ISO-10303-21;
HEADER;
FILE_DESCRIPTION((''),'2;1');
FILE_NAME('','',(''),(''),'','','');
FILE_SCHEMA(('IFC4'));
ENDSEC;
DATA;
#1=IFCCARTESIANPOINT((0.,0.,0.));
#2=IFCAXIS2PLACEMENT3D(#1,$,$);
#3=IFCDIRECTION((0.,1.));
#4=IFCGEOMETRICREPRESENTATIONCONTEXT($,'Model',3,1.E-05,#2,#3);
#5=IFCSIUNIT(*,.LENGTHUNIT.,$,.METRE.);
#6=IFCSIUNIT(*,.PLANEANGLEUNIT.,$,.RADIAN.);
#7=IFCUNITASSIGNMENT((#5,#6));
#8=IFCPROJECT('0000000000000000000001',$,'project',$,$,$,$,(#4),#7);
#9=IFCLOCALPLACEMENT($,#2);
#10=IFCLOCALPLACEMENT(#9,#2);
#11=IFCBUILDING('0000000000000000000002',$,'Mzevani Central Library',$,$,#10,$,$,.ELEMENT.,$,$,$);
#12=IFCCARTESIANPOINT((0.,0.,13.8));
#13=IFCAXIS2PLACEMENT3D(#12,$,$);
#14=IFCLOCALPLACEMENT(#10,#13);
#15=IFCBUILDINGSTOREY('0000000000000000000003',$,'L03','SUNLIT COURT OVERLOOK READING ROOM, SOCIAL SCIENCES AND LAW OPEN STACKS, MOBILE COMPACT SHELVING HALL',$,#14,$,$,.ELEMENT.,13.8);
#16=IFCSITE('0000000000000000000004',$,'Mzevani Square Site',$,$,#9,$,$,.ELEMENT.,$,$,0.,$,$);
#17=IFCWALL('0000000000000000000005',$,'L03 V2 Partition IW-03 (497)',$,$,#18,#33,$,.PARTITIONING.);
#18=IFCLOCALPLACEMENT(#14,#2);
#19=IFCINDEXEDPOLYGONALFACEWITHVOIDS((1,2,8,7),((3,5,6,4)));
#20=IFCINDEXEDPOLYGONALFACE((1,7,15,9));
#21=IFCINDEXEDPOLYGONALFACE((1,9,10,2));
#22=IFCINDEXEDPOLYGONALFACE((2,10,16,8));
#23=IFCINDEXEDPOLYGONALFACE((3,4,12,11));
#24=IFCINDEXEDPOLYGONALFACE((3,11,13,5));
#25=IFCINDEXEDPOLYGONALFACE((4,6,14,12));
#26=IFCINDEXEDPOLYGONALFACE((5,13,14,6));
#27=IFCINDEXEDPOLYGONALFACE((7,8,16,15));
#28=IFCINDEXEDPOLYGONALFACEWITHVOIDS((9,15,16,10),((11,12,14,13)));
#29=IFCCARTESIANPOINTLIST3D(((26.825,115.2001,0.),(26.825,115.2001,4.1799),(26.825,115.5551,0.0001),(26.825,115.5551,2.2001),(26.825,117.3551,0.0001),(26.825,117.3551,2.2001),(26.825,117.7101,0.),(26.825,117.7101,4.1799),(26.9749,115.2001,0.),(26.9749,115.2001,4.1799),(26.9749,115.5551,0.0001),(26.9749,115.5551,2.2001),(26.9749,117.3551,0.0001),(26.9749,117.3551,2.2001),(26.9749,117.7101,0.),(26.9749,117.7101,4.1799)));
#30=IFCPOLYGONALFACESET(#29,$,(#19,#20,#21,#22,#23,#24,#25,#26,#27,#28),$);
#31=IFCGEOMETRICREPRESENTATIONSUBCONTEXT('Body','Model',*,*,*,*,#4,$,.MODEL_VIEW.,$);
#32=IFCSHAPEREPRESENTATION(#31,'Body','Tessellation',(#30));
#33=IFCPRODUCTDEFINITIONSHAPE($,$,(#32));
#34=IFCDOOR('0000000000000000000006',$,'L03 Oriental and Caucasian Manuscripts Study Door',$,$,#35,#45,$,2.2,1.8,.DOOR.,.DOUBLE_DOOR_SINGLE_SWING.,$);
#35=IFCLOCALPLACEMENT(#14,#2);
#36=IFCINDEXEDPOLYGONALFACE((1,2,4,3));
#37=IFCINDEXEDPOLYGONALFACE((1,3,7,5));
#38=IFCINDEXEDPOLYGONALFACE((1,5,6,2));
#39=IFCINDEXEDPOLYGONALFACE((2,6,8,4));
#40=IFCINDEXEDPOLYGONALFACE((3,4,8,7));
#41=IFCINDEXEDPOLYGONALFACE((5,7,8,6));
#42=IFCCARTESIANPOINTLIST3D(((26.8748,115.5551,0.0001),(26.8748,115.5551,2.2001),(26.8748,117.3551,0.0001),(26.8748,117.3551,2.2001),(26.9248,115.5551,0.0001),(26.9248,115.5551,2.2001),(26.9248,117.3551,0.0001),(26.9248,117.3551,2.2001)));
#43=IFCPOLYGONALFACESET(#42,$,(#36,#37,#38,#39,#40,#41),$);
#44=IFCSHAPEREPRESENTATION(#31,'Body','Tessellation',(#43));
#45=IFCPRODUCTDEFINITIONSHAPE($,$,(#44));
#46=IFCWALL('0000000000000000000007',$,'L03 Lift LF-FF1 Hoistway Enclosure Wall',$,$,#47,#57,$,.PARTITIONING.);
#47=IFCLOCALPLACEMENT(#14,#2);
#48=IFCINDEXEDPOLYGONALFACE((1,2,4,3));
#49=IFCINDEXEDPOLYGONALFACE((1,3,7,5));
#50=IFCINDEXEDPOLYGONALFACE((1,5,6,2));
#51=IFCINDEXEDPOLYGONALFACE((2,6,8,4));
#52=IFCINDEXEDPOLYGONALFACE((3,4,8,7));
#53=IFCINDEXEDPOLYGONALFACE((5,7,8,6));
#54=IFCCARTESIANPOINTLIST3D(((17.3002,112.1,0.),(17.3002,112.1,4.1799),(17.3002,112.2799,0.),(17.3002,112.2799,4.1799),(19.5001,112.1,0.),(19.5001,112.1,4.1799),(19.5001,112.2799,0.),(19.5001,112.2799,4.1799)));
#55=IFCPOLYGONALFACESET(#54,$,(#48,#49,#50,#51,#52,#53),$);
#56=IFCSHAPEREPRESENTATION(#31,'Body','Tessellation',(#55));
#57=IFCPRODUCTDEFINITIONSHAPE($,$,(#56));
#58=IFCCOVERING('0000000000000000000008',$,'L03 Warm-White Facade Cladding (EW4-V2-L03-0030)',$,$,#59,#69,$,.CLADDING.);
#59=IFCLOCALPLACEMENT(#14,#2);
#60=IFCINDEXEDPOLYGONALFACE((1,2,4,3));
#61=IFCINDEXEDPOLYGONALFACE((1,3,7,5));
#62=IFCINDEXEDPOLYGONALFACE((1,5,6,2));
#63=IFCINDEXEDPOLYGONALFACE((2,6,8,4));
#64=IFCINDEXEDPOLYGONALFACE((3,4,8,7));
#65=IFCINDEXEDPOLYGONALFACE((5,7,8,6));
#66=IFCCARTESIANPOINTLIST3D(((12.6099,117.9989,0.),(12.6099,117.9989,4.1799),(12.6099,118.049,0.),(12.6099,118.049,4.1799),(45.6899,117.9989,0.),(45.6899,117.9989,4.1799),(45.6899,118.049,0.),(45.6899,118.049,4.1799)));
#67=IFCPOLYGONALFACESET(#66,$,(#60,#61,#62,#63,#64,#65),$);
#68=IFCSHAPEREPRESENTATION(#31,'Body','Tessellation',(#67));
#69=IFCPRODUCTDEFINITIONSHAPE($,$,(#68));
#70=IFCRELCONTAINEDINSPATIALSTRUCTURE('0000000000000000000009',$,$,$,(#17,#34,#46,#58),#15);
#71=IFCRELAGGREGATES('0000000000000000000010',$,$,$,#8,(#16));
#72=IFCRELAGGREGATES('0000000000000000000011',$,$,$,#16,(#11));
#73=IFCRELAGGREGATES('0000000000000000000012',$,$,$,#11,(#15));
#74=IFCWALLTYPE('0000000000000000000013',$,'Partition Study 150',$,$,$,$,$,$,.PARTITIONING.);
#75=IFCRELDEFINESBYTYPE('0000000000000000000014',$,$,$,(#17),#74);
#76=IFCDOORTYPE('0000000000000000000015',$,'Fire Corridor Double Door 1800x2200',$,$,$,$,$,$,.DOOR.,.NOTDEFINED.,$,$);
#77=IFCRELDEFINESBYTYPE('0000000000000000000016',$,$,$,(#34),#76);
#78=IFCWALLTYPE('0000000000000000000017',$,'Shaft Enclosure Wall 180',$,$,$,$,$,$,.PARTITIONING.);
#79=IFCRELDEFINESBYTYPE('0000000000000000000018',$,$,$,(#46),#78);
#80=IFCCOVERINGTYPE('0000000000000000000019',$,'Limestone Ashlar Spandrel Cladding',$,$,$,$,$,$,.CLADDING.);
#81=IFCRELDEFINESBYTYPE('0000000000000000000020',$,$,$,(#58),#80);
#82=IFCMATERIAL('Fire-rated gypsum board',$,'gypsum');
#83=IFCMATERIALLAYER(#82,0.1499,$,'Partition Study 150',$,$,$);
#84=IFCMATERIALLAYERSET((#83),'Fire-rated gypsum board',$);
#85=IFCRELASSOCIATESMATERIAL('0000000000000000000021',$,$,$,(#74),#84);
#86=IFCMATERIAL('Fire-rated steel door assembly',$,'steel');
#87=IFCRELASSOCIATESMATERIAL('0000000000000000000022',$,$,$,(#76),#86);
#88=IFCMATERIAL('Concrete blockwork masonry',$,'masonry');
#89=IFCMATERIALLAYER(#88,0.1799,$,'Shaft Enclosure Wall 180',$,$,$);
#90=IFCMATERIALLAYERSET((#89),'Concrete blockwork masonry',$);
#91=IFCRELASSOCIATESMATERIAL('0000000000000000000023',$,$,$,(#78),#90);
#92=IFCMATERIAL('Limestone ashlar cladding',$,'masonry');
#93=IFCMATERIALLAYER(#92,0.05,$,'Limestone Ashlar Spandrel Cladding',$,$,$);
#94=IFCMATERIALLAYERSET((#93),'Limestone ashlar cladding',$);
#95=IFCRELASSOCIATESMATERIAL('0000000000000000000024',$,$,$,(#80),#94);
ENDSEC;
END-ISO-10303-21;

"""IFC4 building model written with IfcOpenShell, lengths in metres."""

from ifc_helpers import new_model, si_unit, direction, frame, frame_2d, origin, origin_2d, place, context, subcontext, project, spatial, rectangle, extrude, material, layer, layer_set, type_object, element, fill, save


model = new_model("IFC4")

# Units and contexts
model_context = context("Model", 3, precision=1e-05, world=origin(), true_north=direction((0.0, 1.0)))
body_context = subcontext(model_context, "Body", "Model", "MODEL_VIEW")
ifc_project = project(units=[si_unit("LENGTHUNIT", "METRE"), si_unit("PLANEANGLEUNIT", "RADIAN")], contexts=[model_context])

# Site, building, storey
site_placement = place(None, origin())
site = spatial("IfcSite", under=ifc_project, at=site_placement, Name="Mzevani Square Site", CompositionType="ELEMENT", RefElevation=0.0)
building_placement = place(site_placement, origin())
building = spatial("IfcBuilding", under=site, at=building_placement, Name="Mzevani Central Library", CompositionType="ELEMENT")
storey_placement = place(building_placement, frame((0.0, 0.0, 13.8)))
storey = spatial("IfcBuildingStorey", under=building, at=storey_placement, Name="L03", Description="SUNLIT COURT OVERLOOK READING ROOM, SOCIAL SCIENCES AND LAW OPEN STACKS, MOBILE COMPACT SHELVING HALL", CompositionType="ELEMENT", Elevation=13.8)

# Shared definitions
ifc_material_1 = material(Name="Fire-rated steel door assembly", Category="steel")

# Shared definitions
ifc_material_2 = material(Name="Fire-rated gypsum board", Category="gypsum")

# Shared definitions
ifc_layer_1 = layer(ifc_material_2, 0.1499, Name="Partition Study 150")
ifc_layer_set_1 = layer_set([ifc_layer_1], Name="Fire-rated gypsum board")
wall_type_1 = type_object("IfcWallType", Name="Partition Study 150", PredefinedType="PARTITIONING", material=ifc_layer_set_1)

# Wall, opening, door
wall_1_placement = place(storey_placement, frame((26.8999, 117.71, 0.0), z_axis=(0.0, 0.0, 1.0), x_axis=(0.0, -1.0, 0.0)))
wall_1 = element("IfcWall", 1, at=wall_1_placement, inside=storey, type_object=wall_type_1, Name="L03 V2 Partition IW-03 (497)", PredefinedType="PARTITIONING", context=body_context, shape_type="SweptSolid", body=[
    extrude(rectangle(XDim=2.51, YDim=0.1499, at=frame_2d((1.2549, 0.0))), origin(), (0.0, 0.0, 1.0), 4.1799),
])
opening_1_placement = place(wall_1_placement, frame((0.355, 0.0, 0.0)))
opening_1 = element("IfcOpeningElement", 2, at=opening_1_placement, cuts=wall_1, PredefinedType="OPENING", context=body_context, shape_type="SweptSolid", body=[
    extrude(rectangle(XDim=1.8, YDim=2.2, at=frame_2d((0.8999, 1.1001))), frame((0.0, 0.085, 0.0), z_axis=(0.0, -1.0, 0.0), x_axis=(1.0, 0.0, 0.0)), (0.0, 0.0, 1.0), 0.1699),
])
door_type_1 = type_object("IfcDoorType", Name="Fire Corridor Double Door 1800x2200", OperationType="NOTDEFINED", PredefinedType="DOOR", material=ifc_material_1)
door_1_placement = place(opening_1_placement, origin())
door_1 = element("IfcDoor", 3, at=door_1_placement, inside=storey, type_object=door_type_1, Name="L03 Oriental and Caucasian Manuscripts Study Door", OperationType="DOUBLE_DOOR_SINGLE_SWING", OverallHeight=2.2, OverallWidth=1.8, PredefinedType="DOOR", context=body_context, shape_type="SweptSolid", body=[
    extrude(rectangle(XDim=1.8, YDim=2.2, at=frame_2d((0.8999, 1.1001))), frame((0.0, 0.0249, 0.0), z_axis=(0.0, -1.0, 0.0), x_axis=(1.0, 0.0, 0.0)), (0.0, 0.0, 1.0), 0.05),
])
fill(opening_1, door_1)

# Wall
ifc_material_3 = material(Name="Concrete blockwork masonry", Category="masonry")
ifc_layer_2 = layer(ifc_material_3, 0.1799, Name="Shaft Enclosure Wall 180")
ifc_layer_set_2 = layer_set([ifc_layer_2], Name="Concrete blockwork masonry")
wall_type_2 = type_object("IfcWallType", Name="Shaft Enclosure Wall 180", PredefinedType="PARTITIONING", material=ifc_layer_set_2)
wall_2_placement = place(storey_placement, frame((17.3, 112.1899, 0.0), z_axis=(0.0, 0.0, 1.0), x_axis=(1.0, 0.0, 0.0)))
element("IfcWall", 4, at=wall_2_placement, inside=storey, type_object=wall_type_2, Name="L03 Lift LF-FF1 Hoistway Enclosure Wall", PredefinedType="PARTITIONING", context=body_context, shape_type="SweptSolid", body=[
    extrude(rectangle(XDim=2.2, YDim=0.1799, at=frame_2d((1.1001, 0.0))), origin(), (0.0, 0.0, 1.0), 4.1799),
])

# Covering
ifc_material_4 = material(Name="Limestone ashlar cladding", Category="masonry")
ifc_layer_3 = layer(ifc_material_4, 0.05, Name="Limestone Ashlar Spandrel Cladding")
ifc_layer_set_3 = layer_set([ifc_layer_3], Name="Limestone ashlar cladding")
covering_type = type_object("IfcCoveringType", Name="Limestone Ashlar Spandrel Cladding", PredefinedType="CLADDING", material=ifc_layer_set_3)
covering_placement = place(storey_placement, frame((29.1499, 118.0239, 0.0), z_axis=(0.0, 0.0, 1.0), x_axis=(1.0, 0.0, 0.0)))
element("IfcCovering", 5, at=covering_placement, inside=storey, type_object=covering_type, Name="L03 Warm-White Facade Cladding (EW4-V2-L03-0030)", PredefinedType="CLADDING", context=body_context, shape_type="SweptSolid", body=[
    extrude(rectangle(XDim=33.0801, YDim=0.05, at=origin_2d()), origin(), (0.0, 0.0, 1.0), 4.1799),
])

save(model, "model.ifc")
